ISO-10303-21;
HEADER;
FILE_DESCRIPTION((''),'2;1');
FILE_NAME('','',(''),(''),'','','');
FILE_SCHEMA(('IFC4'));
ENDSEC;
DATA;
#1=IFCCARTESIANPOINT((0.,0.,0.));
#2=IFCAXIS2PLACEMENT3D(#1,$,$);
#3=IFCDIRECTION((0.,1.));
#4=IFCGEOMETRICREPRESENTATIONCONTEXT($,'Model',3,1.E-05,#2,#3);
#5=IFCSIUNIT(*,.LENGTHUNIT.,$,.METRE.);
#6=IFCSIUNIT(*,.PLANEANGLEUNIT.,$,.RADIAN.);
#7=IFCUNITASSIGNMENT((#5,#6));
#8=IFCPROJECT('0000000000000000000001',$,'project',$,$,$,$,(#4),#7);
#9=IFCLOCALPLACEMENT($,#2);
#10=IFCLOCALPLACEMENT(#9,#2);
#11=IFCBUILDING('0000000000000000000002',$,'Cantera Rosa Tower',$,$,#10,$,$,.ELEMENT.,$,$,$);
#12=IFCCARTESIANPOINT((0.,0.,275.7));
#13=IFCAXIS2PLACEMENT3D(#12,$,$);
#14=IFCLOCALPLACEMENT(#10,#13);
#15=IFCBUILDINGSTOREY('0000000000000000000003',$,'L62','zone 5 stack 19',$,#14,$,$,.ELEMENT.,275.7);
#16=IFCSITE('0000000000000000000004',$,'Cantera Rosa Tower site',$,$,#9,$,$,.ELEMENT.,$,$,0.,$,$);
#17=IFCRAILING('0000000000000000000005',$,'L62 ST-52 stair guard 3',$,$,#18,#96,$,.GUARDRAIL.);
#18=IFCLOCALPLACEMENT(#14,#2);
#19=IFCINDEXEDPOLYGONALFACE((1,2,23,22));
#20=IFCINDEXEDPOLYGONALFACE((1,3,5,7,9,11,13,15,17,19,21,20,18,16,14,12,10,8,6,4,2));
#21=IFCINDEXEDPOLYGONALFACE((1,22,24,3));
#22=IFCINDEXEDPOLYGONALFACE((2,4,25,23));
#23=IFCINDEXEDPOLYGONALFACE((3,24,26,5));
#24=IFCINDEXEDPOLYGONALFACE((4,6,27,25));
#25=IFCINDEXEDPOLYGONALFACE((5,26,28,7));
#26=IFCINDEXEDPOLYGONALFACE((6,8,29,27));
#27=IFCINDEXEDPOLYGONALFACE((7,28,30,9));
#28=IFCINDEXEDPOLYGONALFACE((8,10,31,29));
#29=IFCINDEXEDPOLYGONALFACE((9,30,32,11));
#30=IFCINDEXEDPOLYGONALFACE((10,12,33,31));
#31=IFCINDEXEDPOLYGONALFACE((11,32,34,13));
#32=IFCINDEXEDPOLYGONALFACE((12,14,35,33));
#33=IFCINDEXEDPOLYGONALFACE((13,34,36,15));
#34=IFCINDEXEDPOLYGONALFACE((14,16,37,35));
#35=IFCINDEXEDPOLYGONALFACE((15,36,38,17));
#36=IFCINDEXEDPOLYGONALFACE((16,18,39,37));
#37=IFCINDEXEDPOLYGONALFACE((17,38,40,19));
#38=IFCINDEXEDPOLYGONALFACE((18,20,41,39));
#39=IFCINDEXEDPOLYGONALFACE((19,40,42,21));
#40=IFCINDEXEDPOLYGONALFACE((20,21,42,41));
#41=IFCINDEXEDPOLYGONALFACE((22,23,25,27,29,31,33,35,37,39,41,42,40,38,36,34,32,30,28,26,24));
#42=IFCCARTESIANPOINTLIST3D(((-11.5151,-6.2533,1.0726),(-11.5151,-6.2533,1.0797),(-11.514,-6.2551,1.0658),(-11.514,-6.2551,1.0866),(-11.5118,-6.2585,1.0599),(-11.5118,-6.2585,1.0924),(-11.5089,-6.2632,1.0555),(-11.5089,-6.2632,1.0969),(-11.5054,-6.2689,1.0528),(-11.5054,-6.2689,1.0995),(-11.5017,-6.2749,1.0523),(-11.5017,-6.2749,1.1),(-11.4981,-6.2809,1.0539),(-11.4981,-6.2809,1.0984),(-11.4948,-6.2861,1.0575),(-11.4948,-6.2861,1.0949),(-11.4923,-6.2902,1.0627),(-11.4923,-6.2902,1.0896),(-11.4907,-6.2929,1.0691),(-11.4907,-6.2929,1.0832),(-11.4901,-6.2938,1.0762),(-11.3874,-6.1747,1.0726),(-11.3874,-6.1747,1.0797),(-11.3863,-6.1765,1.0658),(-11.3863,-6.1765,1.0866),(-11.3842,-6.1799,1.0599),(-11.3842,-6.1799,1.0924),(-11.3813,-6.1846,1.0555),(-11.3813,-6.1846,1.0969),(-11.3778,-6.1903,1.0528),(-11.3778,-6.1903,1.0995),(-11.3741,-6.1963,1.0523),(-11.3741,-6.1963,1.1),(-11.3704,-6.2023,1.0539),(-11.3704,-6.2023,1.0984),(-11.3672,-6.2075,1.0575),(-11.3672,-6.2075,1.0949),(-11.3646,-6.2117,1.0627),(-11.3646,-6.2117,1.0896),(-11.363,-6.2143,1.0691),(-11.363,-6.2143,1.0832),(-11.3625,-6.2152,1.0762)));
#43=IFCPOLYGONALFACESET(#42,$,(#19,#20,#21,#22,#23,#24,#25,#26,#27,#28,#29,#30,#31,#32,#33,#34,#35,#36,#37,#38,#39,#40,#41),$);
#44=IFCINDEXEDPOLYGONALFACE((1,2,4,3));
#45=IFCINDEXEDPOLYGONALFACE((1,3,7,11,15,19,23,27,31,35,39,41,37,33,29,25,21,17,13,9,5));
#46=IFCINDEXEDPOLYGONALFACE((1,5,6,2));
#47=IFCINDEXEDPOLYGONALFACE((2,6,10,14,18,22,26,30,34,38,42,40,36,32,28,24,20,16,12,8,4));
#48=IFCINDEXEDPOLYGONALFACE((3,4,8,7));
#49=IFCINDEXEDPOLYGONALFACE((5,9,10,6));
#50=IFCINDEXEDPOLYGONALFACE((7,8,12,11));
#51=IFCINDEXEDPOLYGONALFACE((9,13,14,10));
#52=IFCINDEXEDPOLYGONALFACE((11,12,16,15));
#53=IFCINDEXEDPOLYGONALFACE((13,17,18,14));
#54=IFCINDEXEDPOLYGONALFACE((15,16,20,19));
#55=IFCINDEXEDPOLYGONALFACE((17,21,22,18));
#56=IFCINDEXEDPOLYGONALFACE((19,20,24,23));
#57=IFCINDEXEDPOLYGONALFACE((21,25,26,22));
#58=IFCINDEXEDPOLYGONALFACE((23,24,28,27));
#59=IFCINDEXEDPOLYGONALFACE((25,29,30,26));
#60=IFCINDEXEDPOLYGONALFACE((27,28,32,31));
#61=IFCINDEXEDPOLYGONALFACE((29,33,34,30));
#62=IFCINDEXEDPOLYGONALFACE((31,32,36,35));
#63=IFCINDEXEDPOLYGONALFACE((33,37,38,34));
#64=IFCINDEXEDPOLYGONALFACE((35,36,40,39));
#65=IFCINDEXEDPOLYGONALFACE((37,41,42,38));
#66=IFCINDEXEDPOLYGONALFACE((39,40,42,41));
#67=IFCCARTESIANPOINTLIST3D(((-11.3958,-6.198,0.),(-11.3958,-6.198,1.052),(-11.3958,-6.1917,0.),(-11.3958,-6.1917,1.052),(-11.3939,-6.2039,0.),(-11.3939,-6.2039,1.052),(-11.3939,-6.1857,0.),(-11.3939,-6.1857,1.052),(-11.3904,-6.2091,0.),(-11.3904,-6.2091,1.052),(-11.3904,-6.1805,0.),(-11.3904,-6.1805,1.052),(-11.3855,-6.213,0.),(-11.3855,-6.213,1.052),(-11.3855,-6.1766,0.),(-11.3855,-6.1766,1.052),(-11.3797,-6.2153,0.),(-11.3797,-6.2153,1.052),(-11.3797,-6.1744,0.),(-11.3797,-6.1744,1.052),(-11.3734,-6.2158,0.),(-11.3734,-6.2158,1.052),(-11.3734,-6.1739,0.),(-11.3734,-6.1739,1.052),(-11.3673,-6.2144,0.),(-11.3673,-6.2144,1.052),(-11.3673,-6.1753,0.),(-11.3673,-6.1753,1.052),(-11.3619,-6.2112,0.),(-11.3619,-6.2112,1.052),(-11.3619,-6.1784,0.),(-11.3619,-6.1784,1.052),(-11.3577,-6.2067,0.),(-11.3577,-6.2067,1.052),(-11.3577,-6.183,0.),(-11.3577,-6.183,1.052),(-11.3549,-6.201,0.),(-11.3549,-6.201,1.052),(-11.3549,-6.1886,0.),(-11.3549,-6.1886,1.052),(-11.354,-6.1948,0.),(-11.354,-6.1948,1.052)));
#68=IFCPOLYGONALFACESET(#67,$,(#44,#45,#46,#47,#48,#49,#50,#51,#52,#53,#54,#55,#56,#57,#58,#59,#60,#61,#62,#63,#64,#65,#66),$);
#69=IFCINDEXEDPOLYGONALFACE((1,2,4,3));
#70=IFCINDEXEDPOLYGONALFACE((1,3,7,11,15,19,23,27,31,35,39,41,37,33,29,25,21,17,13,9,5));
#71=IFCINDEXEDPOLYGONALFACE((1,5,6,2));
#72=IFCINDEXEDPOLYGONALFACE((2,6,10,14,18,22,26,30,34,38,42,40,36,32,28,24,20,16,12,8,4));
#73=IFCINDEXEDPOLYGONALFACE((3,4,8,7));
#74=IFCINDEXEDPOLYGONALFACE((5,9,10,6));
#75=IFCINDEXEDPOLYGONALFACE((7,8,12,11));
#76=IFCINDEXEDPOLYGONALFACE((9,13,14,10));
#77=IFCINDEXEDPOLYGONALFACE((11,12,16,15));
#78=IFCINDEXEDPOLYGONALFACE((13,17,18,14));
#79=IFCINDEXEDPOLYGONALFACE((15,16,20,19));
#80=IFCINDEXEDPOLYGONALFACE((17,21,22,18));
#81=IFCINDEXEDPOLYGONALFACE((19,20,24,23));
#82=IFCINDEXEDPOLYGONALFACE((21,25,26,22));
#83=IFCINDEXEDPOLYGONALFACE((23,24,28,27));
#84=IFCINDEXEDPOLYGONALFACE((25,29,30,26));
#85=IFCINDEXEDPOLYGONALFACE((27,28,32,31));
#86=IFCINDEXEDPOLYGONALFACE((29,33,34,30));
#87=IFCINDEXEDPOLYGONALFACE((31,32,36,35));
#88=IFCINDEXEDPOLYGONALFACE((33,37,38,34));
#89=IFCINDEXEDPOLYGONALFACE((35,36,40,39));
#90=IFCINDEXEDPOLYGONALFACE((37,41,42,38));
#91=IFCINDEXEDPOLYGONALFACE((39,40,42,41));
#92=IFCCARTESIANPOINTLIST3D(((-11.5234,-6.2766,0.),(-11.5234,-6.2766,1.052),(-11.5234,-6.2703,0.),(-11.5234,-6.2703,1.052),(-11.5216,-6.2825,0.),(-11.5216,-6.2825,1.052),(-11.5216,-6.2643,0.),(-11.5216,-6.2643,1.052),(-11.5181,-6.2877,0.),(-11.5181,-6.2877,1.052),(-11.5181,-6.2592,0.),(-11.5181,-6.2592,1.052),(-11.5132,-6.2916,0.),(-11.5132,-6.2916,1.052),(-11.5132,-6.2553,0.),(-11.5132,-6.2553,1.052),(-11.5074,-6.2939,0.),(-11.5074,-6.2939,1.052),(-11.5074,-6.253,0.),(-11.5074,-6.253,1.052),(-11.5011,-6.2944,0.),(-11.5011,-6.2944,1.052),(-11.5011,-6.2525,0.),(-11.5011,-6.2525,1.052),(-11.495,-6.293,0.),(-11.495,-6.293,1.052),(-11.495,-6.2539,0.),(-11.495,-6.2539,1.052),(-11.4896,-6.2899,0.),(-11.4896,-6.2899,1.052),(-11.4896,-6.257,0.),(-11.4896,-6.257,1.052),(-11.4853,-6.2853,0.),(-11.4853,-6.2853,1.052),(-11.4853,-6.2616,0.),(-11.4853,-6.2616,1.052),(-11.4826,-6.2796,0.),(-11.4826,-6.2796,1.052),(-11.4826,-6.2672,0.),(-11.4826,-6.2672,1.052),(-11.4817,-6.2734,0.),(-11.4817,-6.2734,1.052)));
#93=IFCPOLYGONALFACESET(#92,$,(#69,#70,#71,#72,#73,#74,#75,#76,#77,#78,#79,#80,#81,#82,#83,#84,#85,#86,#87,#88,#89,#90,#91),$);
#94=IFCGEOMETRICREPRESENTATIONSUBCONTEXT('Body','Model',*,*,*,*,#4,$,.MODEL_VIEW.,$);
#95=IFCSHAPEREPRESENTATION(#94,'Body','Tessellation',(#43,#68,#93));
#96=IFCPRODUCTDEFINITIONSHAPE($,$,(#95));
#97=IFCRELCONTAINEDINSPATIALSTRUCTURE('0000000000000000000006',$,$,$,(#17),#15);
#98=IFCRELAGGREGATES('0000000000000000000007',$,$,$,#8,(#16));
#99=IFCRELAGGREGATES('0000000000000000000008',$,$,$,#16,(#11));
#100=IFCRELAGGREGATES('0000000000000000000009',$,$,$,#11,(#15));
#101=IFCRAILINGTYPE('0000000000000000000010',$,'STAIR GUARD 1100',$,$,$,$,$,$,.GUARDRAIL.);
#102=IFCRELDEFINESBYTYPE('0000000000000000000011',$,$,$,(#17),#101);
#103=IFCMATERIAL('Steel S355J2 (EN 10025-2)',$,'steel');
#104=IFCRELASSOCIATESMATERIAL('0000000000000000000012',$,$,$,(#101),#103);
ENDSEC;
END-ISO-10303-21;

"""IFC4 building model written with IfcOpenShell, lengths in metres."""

from ifc_helpers import new_model, si_unit, direction, frame, origin, origin_2d, place, context, subcontext, project, spatial, circle, extrude, material, type_object, element, save


model = new_model("IFC4")

# Units and contexts
model_context = context("Model", 3, precision=1e-05, world=origin(), true_north=direction((0.0, 1.0)))
body_context = subcontext(model_context, "Body", "Model", "MODEL_VIEW")
ifc_project = project(units=[si_unit("LENGTHUNIT", "METRE"), si_unit("PLANEANGLEUNIT", "RADIAN")], contexts=[model_context])

# Site, building, storey
site_placement = place(None, origin())
site = spatial("IfcSite", under=ifc_project, at=site_placement, Name="Cantera Rosa Tower site", CompositionType="ELEMENT", RefElevation=0.0)
building_placement = place(site_placement, origin())
building = spatial("IfcBuilding", under=site, at=building_placement, Name="Cantera Rosa Tower", CompositionType="ELEMENT")
storey_placement = place(building_placement, frame((0.0, 0.0, 275.7)))
storey = spatial("IfcBuildingStorey", under=building, at=storey_placement, Name="L62", Description="zone 5 stack 19", CompositionType="ELEMENT", Elevation=275.7)

# Railing
ifc_material_1 = material(Name="Steel S355J2 (EN 10025-2)", Category="steel")
railing_type_1 = type_object("IfcRailingType", Name="STAIR GUARD 1100", PredefinedType="GUARDRAIL", material=ifc_material_1)
railing_1_placement = place(storey_placement, frame((-11.375, -6.1948, 0.0)))
element("IfcRailing", 1, at=railing_1_placement, inside=storey, type_object=railing_type_1, Name="L62 ST-52 stair guard 3", PredefinedType="GUARDRAIL", context=body_context, shape_type="SweptSolid", body=[
    extrude(circle(Radius=0.0239, at=origin_2d()), frame((0.0, 0.0, 1.0762), z_axis=(-0.851546, -0.524279, 0.0), x_axis=(0.524279, -0.851546, 0.0)), (0.0, 0.0, 1.0), 0.1499),
    extrude(circle(Radius=0.021, at=origin_2d()), origin(), (0.0, 0.0, 1.0), 1.052),
    extrude(circle(Radius=0.021, at=origin_2d()), frame((-0.1277, -0.0786, 0.0)), (0.0, 0.0, 1.0), 1.052),
])

save(model, "model.ifc")
